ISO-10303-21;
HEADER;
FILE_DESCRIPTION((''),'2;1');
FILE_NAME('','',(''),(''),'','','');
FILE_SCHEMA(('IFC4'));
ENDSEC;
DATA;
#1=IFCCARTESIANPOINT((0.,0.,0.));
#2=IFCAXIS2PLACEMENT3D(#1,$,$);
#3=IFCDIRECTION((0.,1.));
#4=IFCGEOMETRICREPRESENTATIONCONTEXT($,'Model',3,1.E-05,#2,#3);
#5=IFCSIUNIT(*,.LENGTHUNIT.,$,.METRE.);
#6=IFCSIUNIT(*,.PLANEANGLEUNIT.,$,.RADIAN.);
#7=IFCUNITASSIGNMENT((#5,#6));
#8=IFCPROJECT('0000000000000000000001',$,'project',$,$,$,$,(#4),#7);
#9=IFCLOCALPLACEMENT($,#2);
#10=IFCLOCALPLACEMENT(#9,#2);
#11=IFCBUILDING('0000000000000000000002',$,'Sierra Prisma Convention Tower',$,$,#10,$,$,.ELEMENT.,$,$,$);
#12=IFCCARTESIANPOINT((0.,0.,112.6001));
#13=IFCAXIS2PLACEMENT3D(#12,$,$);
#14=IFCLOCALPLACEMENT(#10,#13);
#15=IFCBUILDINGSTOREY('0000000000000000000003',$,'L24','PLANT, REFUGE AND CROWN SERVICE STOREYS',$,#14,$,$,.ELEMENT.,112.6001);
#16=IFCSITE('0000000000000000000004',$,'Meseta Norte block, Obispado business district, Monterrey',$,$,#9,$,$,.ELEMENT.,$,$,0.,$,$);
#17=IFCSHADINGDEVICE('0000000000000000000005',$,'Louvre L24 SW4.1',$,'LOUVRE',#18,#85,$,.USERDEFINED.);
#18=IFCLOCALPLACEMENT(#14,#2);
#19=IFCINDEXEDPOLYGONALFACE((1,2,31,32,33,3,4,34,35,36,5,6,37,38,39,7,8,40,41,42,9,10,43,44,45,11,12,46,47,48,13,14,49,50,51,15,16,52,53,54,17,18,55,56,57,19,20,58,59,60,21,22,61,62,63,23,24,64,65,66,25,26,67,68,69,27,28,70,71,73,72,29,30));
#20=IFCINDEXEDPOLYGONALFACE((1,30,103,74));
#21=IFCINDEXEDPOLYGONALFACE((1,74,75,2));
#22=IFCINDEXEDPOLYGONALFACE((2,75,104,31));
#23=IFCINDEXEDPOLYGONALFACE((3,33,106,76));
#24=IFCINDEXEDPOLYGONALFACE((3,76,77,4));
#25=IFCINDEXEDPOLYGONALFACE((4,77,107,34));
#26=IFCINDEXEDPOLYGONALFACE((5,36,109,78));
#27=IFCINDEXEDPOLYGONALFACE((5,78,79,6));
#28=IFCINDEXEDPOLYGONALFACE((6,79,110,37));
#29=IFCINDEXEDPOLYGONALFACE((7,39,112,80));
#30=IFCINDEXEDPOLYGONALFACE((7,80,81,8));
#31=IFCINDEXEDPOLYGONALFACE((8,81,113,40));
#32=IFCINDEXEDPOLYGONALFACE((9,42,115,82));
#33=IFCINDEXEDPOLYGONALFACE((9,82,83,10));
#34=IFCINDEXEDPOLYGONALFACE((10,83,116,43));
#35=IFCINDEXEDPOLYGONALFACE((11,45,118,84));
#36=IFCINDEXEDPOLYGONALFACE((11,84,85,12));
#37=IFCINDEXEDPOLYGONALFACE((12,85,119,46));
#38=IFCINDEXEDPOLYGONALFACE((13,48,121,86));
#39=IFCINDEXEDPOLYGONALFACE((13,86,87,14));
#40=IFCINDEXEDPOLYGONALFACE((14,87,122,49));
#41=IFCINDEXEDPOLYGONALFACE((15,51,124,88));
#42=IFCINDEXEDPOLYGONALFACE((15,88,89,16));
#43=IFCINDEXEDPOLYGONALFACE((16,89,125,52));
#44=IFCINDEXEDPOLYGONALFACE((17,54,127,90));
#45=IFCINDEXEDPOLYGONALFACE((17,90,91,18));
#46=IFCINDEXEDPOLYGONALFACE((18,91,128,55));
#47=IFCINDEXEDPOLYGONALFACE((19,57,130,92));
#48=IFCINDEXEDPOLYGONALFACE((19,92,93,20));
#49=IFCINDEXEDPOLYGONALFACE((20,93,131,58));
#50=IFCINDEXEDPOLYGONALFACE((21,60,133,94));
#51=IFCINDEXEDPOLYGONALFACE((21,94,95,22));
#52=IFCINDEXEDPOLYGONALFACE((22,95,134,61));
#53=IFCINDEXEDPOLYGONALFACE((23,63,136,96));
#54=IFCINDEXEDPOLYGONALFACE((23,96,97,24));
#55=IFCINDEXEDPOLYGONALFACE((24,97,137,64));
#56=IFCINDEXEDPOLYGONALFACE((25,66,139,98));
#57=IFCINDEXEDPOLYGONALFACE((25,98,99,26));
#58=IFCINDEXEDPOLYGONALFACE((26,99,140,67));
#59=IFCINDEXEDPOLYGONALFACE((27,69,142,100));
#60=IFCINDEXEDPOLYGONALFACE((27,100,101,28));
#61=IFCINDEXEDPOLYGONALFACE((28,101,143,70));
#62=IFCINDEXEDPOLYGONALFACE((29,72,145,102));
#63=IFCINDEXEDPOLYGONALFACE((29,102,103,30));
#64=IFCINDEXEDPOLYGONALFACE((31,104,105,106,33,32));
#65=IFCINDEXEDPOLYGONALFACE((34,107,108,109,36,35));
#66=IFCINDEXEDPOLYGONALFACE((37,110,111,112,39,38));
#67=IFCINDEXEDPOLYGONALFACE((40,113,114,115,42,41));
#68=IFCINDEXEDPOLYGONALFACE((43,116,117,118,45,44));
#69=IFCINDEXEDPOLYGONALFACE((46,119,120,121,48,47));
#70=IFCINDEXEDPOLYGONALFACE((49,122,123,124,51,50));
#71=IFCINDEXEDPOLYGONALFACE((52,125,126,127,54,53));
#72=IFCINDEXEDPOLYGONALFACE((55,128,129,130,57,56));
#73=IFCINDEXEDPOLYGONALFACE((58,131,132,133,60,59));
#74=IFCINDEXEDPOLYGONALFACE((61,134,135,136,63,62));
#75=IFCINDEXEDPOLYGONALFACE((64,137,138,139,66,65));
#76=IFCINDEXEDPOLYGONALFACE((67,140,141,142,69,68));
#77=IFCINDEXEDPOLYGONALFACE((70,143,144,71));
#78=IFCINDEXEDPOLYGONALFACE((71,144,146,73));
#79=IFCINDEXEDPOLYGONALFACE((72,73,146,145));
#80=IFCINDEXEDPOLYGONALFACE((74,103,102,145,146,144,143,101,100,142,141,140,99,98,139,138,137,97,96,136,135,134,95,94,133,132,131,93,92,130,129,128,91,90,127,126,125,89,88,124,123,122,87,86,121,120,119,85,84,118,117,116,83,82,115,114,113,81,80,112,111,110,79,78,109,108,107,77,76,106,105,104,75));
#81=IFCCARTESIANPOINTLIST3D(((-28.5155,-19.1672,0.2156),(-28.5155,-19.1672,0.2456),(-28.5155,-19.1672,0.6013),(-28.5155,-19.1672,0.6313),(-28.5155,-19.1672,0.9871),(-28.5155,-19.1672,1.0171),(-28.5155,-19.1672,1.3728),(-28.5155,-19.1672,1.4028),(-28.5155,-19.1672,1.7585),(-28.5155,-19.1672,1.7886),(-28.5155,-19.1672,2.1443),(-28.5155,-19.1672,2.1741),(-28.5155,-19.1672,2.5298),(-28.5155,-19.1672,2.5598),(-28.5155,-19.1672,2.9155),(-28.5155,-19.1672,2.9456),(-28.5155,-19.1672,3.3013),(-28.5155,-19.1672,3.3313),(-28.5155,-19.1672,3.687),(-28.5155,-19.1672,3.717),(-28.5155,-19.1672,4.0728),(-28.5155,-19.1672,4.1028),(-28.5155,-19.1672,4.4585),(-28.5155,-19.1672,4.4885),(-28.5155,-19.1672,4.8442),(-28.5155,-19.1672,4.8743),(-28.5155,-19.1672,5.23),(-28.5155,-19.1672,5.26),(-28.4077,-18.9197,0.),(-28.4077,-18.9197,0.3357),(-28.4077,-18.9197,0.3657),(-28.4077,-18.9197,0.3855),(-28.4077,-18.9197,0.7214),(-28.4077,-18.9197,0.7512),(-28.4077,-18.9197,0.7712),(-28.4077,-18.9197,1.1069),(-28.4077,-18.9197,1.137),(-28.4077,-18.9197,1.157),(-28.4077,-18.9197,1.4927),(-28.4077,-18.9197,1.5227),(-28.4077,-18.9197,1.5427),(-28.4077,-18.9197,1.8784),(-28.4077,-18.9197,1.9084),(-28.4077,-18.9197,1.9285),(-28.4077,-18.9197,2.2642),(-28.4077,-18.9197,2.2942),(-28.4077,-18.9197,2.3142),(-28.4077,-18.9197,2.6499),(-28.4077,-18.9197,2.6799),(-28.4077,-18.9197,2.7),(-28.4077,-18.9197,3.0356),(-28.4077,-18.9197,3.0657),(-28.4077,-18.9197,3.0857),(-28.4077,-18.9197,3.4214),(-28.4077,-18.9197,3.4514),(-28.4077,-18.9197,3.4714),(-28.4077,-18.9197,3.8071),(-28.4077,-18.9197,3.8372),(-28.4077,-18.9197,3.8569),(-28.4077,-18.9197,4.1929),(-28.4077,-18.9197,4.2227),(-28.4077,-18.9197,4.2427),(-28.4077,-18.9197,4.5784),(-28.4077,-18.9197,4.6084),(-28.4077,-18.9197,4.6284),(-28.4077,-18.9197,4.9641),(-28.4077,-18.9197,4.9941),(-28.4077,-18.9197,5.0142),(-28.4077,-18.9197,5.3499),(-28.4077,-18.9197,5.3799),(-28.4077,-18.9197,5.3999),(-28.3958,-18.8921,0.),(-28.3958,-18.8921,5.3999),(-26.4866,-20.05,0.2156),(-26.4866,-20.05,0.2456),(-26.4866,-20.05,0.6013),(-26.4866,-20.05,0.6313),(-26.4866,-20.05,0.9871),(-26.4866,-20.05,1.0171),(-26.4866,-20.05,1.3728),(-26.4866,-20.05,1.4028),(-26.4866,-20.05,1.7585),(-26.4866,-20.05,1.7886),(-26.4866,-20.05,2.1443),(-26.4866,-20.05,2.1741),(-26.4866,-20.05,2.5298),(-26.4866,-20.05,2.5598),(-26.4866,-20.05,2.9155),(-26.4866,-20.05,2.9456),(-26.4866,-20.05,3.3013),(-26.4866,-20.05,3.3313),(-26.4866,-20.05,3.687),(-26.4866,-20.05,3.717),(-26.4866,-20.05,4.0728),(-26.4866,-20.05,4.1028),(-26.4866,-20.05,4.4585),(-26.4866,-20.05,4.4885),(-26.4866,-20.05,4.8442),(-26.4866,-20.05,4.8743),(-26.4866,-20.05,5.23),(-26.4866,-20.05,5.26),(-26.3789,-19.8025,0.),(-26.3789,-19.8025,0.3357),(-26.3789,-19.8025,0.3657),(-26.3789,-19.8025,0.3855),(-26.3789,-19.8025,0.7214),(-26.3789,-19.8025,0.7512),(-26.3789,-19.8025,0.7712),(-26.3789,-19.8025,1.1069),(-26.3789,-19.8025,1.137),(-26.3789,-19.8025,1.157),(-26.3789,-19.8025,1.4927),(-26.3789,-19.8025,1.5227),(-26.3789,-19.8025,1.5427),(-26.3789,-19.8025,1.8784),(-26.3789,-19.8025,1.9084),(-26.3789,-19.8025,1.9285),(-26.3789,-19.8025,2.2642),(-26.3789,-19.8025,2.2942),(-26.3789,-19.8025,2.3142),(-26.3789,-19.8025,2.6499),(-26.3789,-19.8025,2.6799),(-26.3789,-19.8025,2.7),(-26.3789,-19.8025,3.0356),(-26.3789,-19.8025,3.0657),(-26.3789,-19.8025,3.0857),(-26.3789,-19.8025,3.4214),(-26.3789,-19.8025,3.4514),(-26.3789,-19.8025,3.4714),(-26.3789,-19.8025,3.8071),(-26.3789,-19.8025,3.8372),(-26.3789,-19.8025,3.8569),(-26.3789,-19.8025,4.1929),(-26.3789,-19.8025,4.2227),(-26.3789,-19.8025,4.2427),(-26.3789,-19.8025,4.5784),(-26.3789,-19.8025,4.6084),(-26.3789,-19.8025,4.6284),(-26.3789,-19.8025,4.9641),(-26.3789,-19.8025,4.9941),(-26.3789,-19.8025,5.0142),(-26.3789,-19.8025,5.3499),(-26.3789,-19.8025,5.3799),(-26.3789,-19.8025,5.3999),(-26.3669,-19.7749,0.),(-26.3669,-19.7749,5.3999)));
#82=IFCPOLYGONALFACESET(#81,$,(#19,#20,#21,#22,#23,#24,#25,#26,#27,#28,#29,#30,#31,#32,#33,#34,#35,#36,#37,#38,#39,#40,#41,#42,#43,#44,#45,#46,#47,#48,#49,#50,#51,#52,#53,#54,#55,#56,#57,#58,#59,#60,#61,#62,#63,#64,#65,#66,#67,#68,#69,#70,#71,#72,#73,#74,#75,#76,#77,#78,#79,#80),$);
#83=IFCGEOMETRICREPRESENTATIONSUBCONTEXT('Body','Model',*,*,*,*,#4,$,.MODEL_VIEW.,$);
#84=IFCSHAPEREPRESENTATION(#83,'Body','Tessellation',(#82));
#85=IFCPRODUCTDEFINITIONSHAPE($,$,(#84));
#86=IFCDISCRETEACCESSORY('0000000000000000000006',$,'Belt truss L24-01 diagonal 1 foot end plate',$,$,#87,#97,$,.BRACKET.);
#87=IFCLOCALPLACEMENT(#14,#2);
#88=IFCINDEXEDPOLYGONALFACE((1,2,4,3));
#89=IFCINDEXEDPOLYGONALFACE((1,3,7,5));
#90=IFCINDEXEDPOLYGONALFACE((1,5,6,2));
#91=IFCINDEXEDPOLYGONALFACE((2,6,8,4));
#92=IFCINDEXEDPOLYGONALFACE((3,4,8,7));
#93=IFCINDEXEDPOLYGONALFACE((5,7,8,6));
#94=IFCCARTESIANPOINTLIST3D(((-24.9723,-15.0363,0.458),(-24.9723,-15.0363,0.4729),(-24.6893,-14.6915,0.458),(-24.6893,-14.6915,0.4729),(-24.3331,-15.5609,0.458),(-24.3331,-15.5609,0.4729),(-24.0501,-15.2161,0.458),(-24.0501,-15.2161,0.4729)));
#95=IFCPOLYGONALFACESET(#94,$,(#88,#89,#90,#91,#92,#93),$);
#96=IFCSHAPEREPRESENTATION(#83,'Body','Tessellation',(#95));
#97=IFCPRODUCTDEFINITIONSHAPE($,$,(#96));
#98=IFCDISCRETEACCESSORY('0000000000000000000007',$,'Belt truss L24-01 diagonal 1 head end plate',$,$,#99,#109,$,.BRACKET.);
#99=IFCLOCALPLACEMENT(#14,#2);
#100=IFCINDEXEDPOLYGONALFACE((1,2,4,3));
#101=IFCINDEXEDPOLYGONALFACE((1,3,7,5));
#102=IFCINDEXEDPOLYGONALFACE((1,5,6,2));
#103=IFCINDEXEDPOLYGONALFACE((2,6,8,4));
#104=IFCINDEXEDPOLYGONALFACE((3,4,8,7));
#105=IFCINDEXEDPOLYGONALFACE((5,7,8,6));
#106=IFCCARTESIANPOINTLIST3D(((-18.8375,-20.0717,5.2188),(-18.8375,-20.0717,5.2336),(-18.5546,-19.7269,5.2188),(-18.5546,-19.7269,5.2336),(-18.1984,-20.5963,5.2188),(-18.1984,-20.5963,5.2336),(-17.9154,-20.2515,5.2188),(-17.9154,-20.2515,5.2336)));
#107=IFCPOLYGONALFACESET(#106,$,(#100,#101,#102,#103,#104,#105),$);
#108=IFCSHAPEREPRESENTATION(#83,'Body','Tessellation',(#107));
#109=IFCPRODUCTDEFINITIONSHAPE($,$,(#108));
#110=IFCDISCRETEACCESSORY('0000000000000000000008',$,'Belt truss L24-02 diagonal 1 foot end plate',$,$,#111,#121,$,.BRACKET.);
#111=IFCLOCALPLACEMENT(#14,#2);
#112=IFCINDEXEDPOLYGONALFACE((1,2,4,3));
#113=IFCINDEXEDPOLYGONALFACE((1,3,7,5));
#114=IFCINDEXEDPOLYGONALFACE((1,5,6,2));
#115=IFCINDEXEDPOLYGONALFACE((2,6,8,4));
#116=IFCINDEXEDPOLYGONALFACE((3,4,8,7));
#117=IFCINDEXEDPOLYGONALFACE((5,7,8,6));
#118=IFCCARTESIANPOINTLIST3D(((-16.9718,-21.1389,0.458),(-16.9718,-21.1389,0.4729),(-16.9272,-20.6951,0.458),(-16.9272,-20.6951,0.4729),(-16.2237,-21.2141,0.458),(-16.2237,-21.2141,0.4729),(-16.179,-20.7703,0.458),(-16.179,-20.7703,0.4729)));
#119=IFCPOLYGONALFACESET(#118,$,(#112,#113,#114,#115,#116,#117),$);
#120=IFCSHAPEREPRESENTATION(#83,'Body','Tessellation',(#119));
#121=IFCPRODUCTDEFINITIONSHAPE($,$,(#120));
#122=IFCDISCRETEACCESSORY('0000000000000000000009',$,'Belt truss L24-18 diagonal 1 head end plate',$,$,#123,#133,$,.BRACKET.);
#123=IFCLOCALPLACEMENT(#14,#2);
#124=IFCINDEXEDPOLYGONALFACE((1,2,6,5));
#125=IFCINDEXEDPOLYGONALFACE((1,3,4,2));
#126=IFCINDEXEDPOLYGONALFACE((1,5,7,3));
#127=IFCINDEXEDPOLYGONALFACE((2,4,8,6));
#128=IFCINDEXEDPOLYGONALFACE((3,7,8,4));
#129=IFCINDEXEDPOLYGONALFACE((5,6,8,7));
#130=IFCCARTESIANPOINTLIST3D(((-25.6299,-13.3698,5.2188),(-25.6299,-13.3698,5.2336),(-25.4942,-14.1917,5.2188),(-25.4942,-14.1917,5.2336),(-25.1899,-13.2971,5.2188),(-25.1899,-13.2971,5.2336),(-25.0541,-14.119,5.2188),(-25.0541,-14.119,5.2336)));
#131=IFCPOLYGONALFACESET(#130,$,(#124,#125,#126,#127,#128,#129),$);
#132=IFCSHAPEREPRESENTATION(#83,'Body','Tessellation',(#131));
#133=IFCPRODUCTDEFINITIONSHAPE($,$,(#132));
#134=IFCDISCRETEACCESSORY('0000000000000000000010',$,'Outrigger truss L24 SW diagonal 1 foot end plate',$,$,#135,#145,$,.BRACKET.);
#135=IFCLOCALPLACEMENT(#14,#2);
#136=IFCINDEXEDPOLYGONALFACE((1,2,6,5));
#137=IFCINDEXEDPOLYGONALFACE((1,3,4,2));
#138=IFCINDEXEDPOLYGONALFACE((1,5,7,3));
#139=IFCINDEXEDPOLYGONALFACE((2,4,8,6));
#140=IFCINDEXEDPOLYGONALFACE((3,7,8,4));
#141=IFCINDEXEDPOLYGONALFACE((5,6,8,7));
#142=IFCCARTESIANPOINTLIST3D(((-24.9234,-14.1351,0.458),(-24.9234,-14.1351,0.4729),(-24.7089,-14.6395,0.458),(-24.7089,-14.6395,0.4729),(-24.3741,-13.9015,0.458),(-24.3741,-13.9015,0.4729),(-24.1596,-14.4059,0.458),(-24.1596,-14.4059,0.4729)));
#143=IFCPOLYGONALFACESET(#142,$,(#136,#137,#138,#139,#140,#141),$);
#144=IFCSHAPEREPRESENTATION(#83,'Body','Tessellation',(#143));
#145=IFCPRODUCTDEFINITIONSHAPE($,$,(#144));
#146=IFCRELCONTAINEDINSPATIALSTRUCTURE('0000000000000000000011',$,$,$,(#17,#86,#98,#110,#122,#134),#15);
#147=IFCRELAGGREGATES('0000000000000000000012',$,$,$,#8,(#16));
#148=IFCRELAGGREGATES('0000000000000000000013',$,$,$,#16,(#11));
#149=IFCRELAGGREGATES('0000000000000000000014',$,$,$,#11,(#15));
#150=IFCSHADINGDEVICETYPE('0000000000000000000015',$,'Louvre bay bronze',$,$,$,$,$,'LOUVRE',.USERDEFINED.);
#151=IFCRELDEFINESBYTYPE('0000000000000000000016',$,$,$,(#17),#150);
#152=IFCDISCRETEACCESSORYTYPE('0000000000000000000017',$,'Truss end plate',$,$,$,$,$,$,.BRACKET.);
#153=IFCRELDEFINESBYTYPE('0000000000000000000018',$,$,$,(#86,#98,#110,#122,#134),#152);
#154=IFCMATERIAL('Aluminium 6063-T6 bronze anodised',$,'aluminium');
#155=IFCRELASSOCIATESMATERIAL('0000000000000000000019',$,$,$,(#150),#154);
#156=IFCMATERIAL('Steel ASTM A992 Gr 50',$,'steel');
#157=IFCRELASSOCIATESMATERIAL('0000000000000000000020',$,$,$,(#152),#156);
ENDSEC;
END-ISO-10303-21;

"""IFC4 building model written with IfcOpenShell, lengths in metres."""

from ifc_helpers import new_model, si_unit, direction, frame, origin, origin_2d, place, context, subcontext, project, spatial, polyline, rectangle, outline, extrude, material, type_object, element, save


model = new_model("IFC4")

# Units and contexts
model_context = context("Model", 3, precision=1e-05, world=origin(), true_north=direction((0.0, 1.0)))
body_context = subcontext(model_context, "Body", "Model", "MODEL_VIEW")
ifc_project = project(units=[si_unit("LENGTHUNIT", "METRE"), si_unit("PLANEANGLEUNIT", "RADIAN")], contexts=[model_context])

# Site, building, storey
site_placement = place(None, origin())
site = spatial("IfcSite", under=ifc_project, at=site_placement, Name="Meseta Norte block, Obispado business district, Monterrey", CompositionType="ELEMENT", RefElevation=0.0)
building_placement = place(site_placement, origin())
building = spatial("IfcBuilding", under=site, at=building_placement, Name="Sierra Prisma Convention Tower", CompositionType="ELEMENT")
storey_placement = place(building_placement, frame((0.0, 0.0, 112.6001)))
storey = spatial("IfcBuildingStorey", under=building, at=storey_placement, Name="L24", Description="PLANT, REFUGE AND CROWN SERVICE STOREYS", CompositionType="ELEMENT", Elevation=112.6001)

# Shading device
ifc_material_1 = material(Name="Aluminium 6063-T6 bronze anodised", Category="aluminium")
shading_device_type = type_object("IfcShadingDeviceType", Name="Louvre bay bronze", ElementType="LOUVRE", PredefinedType="USERDEFINED", material=ifc_material_1)
shading_device_1_placement = place(storey_placement, frame((-28.3958, -18.8921, 0.0), z_axis=(-0.916949, 0.399004, 0.0), x_axis=(0.0, 0.0, 1.0)))
element("IfcShadingDevice", 1, at=shading_device_1_placement, inside=storey, type_object=shading_device_type, Name="Louvre L24 SW4.1", ObjectType="LOUVRE", PredefinedType="USERDEFINED", context=body_context, shape_type="SweptSolid", body=[
    extrude(outline(polyline([(0.0, 0.0), (5.3999, 0.0), (5.3999, -0.0301), (5.3799, -0.0301), (5.26, -0.3), (5.23, -0.3), (5.3499, -0.0301), (5.0142, -0.0301), (4.9941, -0.0301), (4.8743, -0.3), (4.8442, -0.3), (4.9641, -0.0301), (4.6284, -0.0301), (4.6084, -0.0301), (4.4885, -0.3), (4.4585, -0.3), (4.5784, -0.0301), (4.2427, -0.0301), (4.2227, -0.0301), (4.1028, -0.3), (4.0728, -0.3), (4.1929, -0.0301), (3.8569, -0.0301), (3.8372, -0.0301), (3.717, -0.3), (3.687, -0.3), (3.8071, -0.0301), (3.4714, -0.0301), (3.4514, -0.0301), (3.3313, -0.3), (3.3013, -0.3), (3.4214, -0.0301), (3.0857, -0.0301), (3.0657, -0.0301), (2.9456, -0.3), (2.9155, -0.3), (3.0356, -0.0301), (2.7, -0.0301), (2.6799, -0.0301), (2.5598, -0.3), (2.5298, -0.3), (2.6499, -0.0301), (2.3142, -0.0301), (2.2942, -0.0301), (2.1741, -0.3), (2.1443, -0.3), (2.2642, -0.0301), (1.9285, -0.0301), (1.9084, -0.0301), (1.7886, -0.3), (1.7585, -0.3), (1.8784, -0.0301), (1.5427, -0.0301), (1.5227, -0.0301), (1.4028, -0.3), (1.3728, -0.3), (1.4927, -0.0301), (1.157, -0.0301), (1.137, -0.0301), (1.0171, -0.3), (0.9871, -0.3), (1.1069, -0.0301), (0.7712, -0.0301), (0.7512, -0.0301), (0.6313, -0.3), (0.6013, -0.3), (0.7214, -0.0301), (0.3855, -0.0301), (0.3657, -0.0301), (0.2456, -0.3), (0.2156, -0.3), (0.3357, -0.0301), (0.0, -0.0301), (0.0, 0.0)])), origin(), (0.0, 0.0, -1.0), 2.2126),
])

# Discrete accessories
ifc_material_2 = material(Name="Steel ASTM A992 Gr 50", Category="steel")
discrete_accessory_type = type_object("IfcDiscreteAccessoryType", Name="Truss end plate", PredefinedType="BRACKET", material=ifc_material_2)
for number, where, z_axis, x_axis, name in (
    (2, (-24.5112, -15.1262, 0.458), (0.0, 0.0, 1.0), (0.772983, -0.634427, 0.0), "Belt truss L24-01 diagonal 1 foot end plate"),
    (3, (-18.3765, -20.1616, 5.2188), (0.0, 0.0, 1.0), (0.772983, -0.634427, 0.0), "Belt truss L24-01 diagonal 1 head end plate"),
):
    element("IfcDiscreteAccessory", number, at=place(storey_placement, frame(where, z_axis=z_axis, x_axis=x_axis)), inside=storey, type_object=discrete_accessory_type, Name=name, PredefinedType="BRACKET", context=body_context, shape_type="SweptSolid", body=[
        extrude(rectangle(XDim=0.8269, YDim=0.446, at=origin_2d()), origin(), (0.0, 0.0, 1.0), 0.0149),
    ])
discrete_accessory_1_placement = place(storey_placement, frame((-16.5754, -20.9546, 0.458), z_axis=(0.0, 0.0, 1.0), x_axis=(0.994983, -0.100047, 0.0)))
element("IfcDiscreteAccessory", 4, at=discrete_accessory_1_placement, inside=storey, type_object=discrete_accessory_type, Name="Belt truss L24-02 diagonal 1 foot end plate", PredefinedType="BRACKET", context=body_context, shape_type="SweptSolid", body=[
    extrude(rectangle(XDim=0.752, YDim=0.446, at=origin_2d()), origin(), (0.0, 0.0, 1.0), 0.0149),
])
discrete_accessory_2_placement = place(storey_placement, frame((-25.342, -13.7444, 5.2188), z_axis=(0.0, 0.0, 1.0), x_axis=(0.162944, -0.986635, 0.0)))
element("IfcDiscreteAccessory", 5, at=discrete_accessory_2_placement, inside=storey, type_object=discrete_accessory_type, Name="Belt truss L24-18 diagonal 1 head end plate", PredefinedType="BRACKET", context=body_context, shape_type="SweptSolid", body=[
    extrude(rectangle(XDim=0.833, YDim=0.446, at=origin_2d()), origin(), (0.0, 0.0, 1.0), 0.0149),
])
discrete_accessory_3_placement = place(storey_placement, frame((-24.5415, -14.2705, 0.458), z_axis=(0.0, 0.0, 1.0), x_axis=(0.920213, 0.391419, 0.0)))
element("IfcDiscreteAccessory", 6, at=discrete_accessory_3_placement, inside=storey, type_object=discrete_accessory_type, Name="Outrigger truss L24 SW diagonal 1 foot end plate", PredefinedType="BRACKET", context=body_context, shape_type="SweptSolid", body=[
    extrude(rectangle(XDim=0.5969, YDim=0.5481, at=origin_2d()), origin(), (0.0, 0.0, 1.0), 0.0149),
])

save(model, "model.ifc")
